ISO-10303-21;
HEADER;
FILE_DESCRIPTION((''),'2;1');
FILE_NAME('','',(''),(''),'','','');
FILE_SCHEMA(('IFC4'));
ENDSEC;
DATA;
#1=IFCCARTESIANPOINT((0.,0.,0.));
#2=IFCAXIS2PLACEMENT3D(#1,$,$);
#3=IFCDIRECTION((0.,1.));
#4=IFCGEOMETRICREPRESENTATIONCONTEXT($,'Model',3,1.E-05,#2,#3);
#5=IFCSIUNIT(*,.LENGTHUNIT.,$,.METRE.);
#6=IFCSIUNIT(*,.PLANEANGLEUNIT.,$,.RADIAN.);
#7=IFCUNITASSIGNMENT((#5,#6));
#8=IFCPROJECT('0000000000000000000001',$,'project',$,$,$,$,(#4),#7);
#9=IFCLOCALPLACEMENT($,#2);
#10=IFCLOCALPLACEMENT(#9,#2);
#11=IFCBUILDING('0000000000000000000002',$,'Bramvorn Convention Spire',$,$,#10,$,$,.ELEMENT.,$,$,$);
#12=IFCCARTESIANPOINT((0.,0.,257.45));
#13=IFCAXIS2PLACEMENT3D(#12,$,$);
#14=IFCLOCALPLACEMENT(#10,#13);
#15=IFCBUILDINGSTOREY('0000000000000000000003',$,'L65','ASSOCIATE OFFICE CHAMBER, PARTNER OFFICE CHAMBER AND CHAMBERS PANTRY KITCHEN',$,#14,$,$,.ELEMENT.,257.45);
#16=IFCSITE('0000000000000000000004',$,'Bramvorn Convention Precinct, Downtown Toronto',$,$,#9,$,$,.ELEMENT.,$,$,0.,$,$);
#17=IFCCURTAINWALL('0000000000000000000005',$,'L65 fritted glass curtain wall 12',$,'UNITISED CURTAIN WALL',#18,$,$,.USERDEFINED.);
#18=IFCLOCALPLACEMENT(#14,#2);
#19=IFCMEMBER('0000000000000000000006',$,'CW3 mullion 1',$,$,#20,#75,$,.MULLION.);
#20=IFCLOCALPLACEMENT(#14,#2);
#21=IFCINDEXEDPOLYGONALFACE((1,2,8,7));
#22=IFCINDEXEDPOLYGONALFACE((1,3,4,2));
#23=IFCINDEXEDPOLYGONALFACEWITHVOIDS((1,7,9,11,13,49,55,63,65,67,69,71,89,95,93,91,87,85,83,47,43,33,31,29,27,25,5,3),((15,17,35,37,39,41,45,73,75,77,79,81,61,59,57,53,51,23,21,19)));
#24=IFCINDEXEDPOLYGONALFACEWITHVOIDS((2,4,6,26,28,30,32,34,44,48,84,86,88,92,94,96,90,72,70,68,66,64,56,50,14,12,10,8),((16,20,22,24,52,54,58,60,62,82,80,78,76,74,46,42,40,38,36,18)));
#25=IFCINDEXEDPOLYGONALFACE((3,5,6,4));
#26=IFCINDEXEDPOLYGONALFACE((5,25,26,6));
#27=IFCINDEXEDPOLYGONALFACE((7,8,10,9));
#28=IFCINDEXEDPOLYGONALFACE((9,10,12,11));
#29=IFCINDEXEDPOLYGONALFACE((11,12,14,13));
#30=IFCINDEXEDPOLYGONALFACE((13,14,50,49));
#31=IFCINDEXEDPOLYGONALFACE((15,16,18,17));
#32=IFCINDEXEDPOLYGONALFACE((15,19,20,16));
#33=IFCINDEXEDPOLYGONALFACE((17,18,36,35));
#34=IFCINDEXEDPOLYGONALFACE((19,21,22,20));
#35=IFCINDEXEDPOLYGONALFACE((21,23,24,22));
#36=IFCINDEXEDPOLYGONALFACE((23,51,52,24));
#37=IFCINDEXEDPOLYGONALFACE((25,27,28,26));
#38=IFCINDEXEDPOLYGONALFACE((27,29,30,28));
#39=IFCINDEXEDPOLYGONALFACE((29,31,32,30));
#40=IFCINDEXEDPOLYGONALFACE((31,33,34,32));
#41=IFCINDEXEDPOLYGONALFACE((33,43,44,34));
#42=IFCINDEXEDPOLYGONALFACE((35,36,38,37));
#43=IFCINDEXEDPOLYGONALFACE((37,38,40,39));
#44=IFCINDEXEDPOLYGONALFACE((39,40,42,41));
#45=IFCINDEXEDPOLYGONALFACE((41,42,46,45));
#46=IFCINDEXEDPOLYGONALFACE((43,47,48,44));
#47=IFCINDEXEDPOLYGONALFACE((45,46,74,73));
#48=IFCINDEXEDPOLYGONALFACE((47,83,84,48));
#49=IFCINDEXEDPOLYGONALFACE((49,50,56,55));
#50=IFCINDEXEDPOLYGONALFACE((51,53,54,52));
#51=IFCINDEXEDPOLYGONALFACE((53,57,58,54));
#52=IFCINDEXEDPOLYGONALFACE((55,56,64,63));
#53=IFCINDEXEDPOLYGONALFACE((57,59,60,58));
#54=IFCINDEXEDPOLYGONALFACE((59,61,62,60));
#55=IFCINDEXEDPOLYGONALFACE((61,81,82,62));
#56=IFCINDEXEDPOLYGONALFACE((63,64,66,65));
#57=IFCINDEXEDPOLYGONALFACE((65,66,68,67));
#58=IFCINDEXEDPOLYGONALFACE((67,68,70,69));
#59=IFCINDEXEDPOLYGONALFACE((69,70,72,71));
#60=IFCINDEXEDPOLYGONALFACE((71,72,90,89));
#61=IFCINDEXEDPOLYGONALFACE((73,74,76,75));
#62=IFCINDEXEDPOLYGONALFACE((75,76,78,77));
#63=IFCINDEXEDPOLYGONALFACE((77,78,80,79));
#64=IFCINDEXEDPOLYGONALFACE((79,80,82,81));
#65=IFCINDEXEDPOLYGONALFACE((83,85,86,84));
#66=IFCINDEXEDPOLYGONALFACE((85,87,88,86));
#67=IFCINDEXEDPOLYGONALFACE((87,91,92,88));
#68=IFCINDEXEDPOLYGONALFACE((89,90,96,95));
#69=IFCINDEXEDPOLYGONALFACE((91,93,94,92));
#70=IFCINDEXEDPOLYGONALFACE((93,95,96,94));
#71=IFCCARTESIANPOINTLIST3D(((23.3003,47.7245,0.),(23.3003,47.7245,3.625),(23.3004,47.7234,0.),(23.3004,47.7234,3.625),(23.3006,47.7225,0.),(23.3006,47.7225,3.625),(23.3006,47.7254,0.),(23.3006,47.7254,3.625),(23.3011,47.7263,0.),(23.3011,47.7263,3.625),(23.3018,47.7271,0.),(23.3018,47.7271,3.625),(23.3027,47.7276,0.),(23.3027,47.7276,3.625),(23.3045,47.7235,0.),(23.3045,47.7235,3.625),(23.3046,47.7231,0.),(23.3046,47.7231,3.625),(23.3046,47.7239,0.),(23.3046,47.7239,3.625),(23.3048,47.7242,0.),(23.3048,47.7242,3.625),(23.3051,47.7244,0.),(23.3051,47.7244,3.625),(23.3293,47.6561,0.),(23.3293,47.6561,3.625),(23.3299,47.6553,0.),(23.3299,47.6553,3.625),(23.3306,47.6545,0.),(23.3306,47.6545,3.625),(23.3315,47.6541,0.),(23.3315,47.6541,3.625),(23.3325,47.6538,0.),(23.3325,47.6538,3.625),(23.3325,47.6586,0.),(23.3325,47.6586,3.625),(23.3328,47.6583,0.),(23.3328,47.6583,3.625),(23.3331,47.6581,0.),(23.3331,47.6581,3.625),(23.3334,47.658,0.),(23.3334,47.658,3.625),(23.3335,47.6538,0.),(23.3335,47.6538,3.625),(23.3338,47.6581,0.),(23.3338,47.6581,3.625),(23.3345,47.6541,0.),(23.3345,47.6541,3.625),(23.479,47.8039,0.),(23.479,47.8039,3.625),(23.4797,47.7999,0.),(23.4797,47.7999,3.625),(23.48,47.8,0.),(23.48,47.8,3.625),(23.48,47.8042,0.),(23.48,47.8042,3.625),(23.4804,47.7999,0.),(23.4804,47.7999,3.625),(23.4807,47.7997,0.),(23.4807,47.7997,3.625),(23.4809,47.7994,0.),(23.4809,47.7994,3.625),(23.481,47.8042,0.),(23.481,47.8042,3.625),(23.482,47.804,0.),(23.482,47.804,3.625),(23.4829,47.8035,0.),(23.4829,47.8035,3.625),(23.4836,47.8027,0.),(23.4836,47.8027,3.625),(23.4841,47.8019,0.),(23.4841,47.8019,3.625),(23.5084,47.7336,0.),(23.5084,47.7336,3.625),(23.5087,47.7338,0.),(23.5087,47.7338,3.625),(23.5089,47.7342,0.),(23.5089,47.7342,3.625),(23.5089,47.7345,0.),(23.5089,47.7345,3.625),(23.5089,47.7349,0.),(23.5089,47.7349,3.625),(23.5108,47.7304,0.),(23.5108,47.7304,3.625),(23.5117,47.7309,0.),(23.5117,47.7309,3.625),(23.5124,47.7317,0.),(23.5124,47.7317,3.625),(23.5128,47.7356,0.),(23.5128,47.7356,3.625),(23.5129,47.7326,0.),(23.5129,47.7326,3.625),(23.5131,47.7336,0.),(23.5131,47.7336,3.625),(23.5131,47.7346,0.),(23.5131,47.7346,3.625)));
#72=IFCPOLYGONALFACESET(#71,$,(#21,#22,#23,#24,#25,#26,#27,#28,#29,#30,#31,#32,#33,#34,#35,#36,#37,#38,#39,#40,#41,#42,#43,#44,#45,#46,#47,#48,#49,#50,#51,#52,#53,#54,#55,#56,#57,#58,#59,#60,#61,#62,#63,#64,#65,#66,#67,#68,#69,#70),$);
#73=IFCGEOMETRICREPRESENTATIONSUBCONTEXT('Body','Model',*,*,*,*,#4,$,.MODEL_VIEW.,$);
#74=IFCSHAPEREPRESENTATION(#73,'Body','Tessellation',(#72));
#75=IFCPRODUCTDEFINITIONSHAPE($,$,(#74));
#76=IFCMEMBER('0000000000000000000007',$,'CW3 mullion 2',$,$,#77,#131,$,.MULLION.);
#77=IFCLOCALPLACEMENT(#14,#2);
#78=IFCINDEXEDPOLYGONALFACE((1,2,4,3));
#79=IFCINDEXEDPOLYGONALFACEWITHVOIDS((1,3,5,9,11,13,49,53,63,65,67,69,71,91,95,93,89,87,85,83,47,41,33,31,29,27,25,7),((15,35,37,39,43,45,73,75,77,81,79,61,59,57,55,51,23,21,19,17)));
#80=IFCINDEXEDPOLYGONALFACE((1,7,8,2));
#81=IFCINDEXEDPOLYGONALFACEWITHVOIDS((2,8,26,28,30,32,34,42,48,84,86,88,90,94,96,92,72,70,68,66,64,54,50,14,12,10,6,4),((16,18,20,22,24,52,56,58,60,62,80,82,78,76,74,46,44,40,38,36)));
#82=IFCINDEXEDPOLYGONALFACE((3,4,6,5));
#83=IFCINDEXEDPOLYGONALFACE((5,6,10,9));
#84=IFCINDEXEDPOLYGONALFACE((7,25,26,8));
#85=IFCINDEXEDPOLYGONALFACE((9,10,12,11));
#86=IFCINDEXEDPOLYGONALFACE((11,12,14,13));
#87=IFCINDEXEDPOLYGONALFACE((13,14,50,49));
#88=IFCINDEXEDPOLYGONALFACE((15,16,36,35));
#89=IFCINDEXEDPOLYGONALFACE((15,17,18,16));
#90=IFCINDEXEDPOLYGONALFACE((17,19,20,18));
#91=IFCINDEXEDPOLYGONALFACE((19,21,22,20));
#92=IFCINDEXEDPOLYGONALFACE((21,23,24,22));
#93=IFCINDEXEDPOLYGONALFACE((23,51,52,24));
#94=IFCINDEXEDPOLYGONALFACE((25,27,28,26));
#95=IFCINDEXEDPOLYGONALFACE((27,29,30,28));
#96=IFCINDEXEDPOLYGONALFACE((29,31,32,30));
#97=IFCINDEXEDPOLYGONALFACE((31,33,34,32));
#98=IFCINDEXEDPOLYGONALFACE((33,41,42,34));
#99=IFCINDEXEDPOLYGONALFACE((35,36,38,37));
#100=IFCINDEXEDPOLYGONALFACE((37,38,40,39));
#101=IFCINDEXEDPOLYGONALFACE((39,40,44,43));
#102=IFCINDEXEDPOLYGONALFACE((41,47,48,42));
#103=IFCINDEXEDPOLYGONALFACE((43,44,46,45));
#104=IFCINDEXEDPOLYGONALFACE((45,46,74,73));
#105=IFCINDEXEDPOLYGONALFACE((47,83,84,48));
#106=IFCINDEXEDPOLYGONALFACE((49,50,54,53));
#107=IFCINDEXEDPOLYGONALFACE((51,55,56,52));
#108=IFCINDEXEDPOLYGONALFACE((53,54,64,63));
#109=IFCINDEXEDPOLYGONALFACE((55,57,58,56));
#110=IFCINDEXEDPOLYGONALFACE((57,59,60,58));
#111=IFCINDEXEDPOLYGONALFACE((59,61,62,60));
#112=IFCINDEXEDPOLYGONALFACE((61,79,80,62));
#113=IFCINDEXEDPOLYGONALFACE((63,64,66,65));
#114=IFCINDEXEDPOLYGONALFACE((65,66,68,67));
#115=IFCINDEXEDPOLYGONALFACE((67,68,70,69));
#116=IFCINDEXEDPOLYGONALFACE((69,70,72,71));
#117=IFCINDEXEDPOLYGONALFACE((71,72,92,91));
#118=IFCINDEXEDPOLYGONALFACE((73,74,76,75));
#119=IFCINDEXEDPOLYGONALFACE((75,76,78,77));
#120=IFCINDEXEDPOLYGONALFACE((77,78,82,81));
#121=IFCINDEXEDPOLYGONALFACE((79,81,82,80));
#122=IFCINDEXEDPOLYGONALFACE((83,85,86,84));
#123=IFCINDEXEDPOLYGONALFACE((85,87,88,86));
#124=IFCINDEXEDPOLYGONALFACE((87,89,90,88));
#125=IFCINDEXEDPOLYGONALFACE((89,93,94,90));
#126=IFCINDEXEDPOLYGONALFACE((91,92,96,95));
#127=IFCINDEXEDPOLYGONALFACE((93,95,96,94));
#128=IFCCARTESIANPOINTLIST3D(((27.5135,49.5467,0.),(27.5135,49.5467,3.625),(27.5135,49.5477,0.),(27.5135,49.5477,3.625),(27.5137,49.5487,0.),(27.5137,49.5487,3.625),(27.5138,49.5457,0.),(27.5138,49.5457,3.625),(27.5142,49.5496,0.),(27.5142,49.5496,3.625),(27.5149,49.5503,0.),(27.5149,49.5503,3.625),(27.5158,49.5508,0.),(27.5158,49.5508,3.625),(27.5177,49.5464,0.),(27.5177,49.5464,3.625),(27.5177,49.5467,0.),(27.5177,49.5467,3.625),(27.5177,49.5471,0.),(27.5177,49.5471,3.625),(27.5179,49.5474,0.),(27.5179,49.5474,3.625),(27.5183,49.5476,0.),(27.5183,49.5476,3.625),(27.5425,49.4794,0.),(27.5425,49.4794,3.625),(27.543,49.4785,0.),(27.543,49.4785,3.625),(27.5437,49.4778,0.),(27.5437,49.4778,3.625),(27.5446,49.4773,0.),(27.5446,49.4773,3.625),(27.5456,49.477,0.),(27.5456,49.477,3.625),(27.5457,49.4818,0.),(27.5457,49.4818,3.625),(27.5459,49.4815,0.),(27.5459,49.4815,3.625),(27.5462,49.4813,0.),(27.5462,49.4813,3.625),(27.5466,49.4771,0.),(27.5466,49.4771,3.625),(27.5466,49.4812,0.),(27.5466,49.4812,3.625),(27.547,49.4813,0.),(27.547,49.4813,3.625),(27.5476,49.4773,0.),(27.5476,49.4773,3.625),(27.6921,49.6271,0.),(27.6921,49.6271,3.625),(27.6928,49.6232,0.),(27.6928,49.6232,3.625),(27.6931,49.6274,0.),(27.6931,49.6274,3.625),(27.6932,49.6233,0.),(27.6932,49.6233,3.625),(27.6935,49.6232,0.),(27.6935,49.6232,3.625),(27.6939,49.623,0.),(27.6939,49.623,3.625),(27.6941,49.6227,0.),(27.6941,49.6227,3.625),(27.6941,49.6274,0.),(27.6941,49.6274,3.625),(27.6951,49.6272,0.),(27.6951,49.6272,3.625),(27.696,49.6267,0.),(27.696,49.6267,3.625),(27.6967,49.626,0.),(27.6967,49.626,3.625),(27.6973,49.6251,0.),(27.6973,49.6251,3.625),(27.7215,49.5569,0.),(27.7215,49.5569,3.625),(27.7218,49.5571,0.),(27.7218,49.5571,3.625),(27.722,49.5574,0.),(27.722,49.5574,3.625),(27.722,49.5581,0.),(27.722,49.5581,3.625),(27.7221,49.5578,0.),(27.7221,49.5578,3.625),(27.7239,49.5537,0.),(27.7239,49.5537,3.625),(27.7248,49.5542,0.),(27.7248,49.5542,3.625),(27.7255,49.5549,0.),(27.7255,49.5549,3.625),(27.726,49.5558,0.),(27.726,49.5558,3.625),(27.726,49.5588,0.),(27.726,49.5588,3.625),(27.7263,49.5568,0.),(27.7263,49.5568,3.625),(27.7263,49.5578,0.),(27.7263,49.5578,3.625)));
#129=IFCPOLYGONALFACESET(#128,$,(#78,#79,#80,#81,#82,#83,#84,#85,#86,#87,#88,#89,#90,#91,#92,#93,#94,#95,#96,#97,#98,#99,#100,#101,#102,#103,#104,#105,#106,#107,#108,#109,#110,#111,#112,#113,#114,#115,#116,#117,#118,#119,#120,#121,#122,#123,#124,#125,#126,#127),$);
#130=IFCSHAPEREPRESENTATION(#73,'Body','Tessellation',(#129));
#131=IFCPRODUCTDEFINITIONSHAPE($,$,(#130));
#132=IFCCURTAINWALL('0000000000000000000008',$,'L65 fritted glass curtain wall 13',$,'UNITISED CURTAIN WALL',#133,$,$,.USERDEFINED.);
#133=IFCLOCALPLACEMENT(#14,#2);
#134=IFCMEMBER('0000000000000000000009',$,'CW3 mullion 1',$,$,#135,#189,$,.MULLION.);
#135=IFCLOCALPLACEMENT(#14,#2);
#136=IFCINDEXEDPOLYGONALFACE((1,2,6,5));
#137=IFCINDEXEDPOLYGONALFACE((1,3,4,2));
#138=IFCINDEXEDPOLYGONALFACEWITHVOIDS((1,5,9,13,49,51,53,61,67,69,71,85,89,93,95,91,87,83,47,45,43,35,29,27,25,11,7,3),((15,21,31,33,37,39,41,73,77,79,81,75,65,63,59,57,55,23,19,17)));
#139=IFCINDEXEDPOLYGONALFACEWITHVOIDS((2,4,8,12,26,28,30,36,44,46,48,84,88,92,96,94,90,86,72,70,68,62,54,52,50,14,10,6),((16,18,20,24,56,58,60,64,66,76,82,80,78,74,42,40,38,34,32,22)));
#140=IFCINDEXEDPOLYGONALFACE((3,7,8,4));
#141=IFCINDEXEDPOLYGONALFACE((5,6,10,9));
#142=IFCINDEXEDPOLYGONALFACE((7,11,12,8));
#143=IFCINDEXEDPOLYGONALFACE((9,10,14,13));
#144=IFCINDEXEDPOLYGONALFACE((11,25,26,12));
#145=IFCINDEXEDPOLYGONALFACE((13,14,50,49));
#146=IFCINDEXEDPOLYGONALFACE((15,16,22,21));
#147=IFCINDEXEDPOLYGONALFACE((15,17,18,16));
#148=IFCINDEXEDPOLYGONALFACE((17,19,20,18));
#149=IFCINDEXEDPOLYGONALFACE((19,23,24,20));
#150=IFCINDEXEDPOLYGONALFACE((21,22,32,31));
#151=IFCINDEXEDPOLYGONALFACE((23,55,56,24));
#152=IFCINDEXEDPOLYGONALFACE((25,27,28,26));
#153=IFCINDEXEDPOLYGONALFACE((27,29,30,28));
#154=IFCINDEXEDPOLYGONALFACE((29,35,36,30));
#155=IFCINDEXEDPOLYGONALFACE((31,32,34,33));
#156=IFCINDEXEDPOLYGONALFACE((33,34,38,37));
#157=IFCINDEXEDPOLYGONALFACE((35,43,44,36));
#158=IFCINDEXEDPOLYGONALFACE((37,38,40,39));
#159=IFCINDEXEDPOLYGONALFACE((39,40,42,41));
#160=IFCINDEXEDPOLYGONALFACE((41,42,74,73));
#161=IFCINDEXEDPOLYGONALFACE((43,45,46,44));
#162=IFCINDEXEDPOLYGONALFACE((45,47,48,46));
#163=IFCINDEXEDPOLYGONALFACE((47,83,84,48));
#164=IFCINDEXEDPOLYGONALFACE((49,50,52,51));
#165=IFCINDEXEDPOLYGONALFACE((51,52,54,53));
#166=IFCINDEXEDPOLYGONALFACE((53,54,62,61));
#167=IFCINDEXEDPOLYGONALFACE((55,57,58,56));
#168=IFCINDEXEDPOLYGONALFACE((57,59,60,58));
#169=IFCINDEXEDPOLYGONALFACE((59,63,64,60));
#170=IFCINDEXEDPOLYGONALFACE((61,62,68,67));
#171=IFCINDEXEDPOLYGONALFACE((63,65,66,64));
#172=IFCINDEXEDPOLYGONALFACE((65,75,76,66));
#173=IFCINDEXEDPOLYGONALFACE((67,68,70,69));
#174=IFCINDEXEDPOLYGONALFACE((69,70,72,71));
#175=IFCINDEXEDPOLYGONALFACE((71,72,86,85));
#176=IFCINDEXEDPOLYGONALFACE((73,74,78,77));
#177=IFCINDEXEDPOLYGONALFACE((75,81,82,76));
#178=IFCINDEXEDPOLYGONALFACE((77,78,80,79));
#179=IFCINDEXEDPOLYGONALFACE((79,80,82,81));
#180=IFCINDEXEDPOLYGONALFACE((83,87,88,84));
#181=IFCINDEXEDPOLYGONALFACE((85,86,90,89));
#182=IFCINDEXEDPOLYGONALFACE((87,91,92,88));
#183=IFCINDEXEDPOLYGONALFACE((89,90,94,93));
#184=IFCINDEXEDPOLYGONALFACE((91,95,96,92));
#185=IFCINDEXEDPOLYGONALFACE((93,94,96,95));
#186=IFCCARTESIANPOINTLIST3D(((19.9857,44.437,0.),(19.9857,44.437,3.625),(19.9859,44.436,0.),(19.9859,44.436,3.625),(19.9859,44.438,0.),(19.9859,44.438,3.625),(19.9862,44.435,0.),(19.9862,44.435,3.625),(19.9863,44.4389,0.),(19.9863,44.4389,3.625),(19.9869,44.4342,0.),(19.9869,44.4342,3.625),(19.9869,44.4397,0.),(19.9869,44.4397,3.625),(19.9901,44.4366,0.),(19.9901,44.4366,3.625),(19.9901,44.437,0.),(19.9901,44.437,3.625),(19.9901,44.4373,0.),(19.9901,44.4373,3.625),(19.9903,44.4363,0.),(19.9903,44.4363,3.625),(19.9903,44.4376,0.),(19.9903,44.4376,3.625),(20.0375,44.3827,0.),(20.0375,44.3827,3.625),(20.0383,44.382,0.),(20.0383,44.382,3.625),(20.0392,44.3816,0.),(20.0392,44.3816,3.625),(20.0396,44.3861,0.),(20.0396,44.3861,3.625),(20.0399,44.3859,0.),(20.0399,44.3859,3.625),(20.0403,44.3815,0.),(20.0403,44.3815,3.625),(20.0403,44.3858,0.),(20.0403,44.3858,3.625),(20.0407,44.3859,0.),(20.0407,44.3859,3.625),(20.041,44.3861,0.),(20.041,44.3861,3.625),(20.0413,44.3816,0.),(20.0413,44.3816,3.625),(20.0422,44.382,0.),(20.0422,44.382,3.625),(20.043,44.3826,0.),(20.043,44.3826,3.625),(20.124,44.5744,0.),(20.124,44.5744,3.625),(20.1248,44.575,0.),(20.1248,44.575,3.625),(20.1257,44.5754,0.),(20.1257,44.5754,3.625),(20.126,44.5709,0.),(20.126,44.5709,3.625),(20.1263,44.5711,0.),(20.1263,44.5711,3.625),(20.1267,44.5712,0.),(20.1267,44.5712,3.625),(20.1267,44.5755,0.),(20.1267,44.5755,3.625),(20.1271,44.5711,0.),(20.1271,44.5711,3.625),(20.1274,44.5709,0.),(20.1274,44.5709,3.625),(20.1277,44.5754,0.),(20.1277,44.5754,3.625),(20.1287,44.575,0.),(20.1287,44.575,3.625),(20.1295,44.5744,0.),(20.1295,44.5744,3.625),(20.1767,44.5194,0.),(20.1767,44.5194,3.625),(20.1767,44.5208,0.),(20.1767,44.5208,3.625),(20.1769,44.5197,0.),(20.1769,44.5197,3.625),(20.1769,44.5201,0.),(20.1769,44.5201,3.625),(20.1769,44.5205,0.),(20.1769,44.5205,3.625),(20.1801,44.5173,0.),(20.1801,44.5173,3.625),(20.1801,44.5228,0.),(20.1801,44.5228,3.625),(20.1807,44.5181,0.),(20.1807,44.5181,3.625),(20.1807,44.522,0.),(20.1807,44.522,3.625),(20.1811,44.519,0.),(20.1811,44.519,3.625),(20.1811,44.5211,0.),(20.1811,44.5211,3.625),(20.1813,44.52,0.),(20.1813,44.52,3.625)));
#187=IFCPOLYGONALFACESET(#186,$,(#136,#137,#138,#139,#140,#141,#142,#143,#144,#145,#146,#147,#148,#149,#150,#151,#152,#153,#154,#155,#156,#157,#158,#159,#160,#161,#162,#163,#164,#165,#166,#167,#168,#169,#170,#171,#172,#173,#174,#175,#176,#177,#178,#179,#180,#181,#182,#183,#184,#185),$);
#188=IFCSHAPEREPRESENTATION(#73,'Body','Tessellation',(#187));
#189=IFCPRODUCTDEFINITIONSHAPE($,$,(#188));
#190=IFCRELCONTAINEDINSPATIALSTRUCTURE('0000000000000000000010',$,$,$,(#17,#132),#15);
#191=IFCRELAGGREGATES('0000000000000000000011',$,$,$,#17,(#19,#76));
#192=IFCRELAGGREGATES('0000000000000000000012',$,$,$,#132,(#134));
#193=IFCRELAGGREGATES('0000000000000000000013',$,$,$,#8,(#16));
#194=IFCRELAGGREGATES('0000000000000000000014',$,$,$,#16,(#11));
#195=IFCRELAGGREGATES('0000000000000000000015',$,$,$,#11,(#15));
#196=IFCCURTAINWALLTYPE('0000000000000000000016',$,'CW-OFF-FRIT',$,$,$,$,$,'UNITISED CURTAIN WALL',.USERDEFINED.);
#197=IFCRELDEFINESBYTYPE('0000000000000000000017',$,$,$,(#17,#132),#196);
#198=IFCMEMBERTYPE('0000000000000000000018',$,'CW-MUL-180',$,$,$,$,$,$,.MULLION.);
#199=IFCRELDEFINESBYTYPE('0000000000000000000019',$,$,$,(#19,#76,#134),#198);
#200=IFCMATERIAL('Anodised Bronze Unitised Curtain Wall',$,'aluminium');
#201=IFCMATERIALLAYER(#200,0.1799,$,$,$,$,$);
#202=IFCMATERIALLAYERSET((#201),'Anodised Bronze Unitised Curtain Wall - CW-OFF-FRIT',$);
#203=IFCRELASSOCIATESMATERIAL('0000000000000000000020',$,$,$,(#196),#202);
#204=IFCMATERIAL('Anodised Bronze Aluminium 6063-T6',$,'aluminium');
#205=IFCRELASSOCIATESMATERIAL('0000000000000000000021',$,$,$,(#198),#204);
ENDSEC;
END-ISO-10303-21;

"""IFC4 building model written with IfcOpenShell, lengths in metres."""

from ifc_helpers import new_model, si_unit, direction, frame, origin, origin_2d, place, context, subcontext, project, spatial, hollow_rectangle, extrude, material, layer, layer_set, material_profile, profile_set, type_object, element, aggregate, save


model = new_model("IFC4")

# Units and contexts
model_context = context("Model", 3, precision=1e-05, world=origin(), true_north=direction((0.0, 1.0)))
body_context = subcontext(model_context, "Body", "Model", "MODEL_VIEW")
ifc_project = project(units=[si_unit("LENGTHUNIT", "METRE"), si_unit("PLANEANGLEUNIT", "RADIAN")], contexts=[model_context])

# Site, building, storey
site_placement = place(None, origin())
site = spatial("IfcSite", under=ifc_project, at=site_placement, Name="Bramvorn Convention Precinct, Downtown Toronto", CompositionType="ELEMENT", RefElevation=0.0)
building_placement = place(site_placement, origin())
building = spatial("IfcBuilding", under=site, at=building_placement, Name="Bramvorn Convention Spire", CompositionType="ELEMENT")
storey_placement = place(building_placement, frame((0.0, 0.0, 257.45)))
storey = spatial("IfcBuildingStorey", under=building, at=storey_placement, Name="L65", Description="ASSOCIATE OFFICE CHAMBER, PARTNER OFFICE CHAMBER AND CHAMBERS PANTRY KITCHEN", CompositionType="ELEMENT", Elevation=257.45)

# Curtain walls, members
ifc_material_1 = material(Name="Anodised Bronze Unitised Curtain Wall", Category="aluminium")
ifc_layer_1 = layer(ifc_material_1, 0.1799)
ifc_layer_set_1 = layer_set([ifc_layer_1], Name="Anodised Bronze Unitised Curtain Wall - CW-OFF-FRIT")
curtain_wall_type = type_object("IfcCurtainWallType", Name="CW-OFF-FRIT", ElementType="UNITISED CURTAIN WALL", PredefinedType="USERDEFINED", material=ifc_layer_set_1)
curtain_wall_1_placement = place(storey_placement, origin())
curtain_wall_1 = element("IfcCurtainWall", 1, at=curtain_wall_1_placement, inside=storey, type_object=curtain_wall_type, Name="L65 fritted glass curtain wall 12", ObjectType="UNITISED CURTAIN WALL", PredefinedType="USERDEFINED")
ifc_material_2 = material(Name="Anodised Bronze Aluminium 6063-T6", Category="aluminium")
ifc_material_profile_1 = material_profile(ifc_material_2, hollow_rectangle(XDim=0.0801, YDim=0.2, WallThickness=0.0039, InnerFilletRadius=0.001, OuterFilletRadius=0.0039, at=origin_2d()))
ifc_profile_set_1 = profile_set([ifc_material_profile_1], Name="Anodised Bronze Aluminium 6063-T6 - CWM80X200")
member_type_1 = type_object("IfcMemberType", Name="CW-MUL-180", PredefinedType="MULLION", material=ifc_profile_set_1)
member_1_placement = place(storey_placement, frame((23.4067, 47.729, 0.0), z_axis=(0.0, 0.0, 1.0), x_axis=(-0.397197, 0.917733, 0.0)))
member_1 = element("IfcMember", 2, at=member_1_placement, type_object=member_type_1, Name="CW3 mullion 1", PredefinedType="MULLION", context=body_context, shape_type="SweptSolid", body=[
    extrude(hollow_rectangle(XDim=0.0801, YDim=0.2, WallThickness=0.0039, InnerFilletRadius=0.001, OuterFilletRadius=0.0039, at=origin_2d()), origin(), (0.0, 0.0, 1.0), 3.625),
])
member_2_placement = place(storey_placement, frame((27.6199, 49.5522, 0.0), z_axis=(0.0, 0.0, 1.0), x_axis=(-0.397197, 0.917733, 0.0)))
member_2 = element("IfcMember", 3, at=member_2_placement, type_object=member_type_1, Name="CW3 mullion 2", PredefinedType="MULLION", context=body_context, shape_type="SweptSolid", body=[
    extrude(hollow_rectangle(XDim=0.0801, YDim=0.2, WallThickness=0.0039, InnerFilletRadius=0.001, OuterFilletRadius=0.0039, at=origin_2d()), origin(), (0.0, 0.0, 1.0), 3.625),
])
curtain_wall_2_placement = place(storey_placement, origin())
curtain_wall_2 = element("IfcCurtainWall", 4, at=curtain_wall_2_placement, inside=storey, type_object=curtain_wall_type, Name="L65 fritted glass curtain wall 13", ObjectType="UNITISED CURTAIN WALL", PredefinedType="USERDEFINED")
member_3_placement = place(storey_placement, frame((20.0835, 44.4785, 0.0), z_axis=(0.0, 0.0, 1.0), x_axis=(-0.700854, 0.713304, 0.0)))
member_3 = element("IfcMember", 5, at=member_3_placement, type_object=member_type_1, Name="CW3 mullion 1", PredefinedType="MULLION", context=body_context, shape_type="SweptSolid", body=[
    extrude(hollow_rectangle(XDim=0.0801, YDim=0.2, WallThickness=0.0039, InnerFilletRadius=0.001, OuterFilletRadius=0.0039, at=origin_2d()), origin(), (0.0, 0.0, 1.0), 3.625),
])

aggregate(curtain_wall_1, [member_1, member_2])
aggregate(curtain_wall_2, [member_3])

save(model, "model.ifc")
